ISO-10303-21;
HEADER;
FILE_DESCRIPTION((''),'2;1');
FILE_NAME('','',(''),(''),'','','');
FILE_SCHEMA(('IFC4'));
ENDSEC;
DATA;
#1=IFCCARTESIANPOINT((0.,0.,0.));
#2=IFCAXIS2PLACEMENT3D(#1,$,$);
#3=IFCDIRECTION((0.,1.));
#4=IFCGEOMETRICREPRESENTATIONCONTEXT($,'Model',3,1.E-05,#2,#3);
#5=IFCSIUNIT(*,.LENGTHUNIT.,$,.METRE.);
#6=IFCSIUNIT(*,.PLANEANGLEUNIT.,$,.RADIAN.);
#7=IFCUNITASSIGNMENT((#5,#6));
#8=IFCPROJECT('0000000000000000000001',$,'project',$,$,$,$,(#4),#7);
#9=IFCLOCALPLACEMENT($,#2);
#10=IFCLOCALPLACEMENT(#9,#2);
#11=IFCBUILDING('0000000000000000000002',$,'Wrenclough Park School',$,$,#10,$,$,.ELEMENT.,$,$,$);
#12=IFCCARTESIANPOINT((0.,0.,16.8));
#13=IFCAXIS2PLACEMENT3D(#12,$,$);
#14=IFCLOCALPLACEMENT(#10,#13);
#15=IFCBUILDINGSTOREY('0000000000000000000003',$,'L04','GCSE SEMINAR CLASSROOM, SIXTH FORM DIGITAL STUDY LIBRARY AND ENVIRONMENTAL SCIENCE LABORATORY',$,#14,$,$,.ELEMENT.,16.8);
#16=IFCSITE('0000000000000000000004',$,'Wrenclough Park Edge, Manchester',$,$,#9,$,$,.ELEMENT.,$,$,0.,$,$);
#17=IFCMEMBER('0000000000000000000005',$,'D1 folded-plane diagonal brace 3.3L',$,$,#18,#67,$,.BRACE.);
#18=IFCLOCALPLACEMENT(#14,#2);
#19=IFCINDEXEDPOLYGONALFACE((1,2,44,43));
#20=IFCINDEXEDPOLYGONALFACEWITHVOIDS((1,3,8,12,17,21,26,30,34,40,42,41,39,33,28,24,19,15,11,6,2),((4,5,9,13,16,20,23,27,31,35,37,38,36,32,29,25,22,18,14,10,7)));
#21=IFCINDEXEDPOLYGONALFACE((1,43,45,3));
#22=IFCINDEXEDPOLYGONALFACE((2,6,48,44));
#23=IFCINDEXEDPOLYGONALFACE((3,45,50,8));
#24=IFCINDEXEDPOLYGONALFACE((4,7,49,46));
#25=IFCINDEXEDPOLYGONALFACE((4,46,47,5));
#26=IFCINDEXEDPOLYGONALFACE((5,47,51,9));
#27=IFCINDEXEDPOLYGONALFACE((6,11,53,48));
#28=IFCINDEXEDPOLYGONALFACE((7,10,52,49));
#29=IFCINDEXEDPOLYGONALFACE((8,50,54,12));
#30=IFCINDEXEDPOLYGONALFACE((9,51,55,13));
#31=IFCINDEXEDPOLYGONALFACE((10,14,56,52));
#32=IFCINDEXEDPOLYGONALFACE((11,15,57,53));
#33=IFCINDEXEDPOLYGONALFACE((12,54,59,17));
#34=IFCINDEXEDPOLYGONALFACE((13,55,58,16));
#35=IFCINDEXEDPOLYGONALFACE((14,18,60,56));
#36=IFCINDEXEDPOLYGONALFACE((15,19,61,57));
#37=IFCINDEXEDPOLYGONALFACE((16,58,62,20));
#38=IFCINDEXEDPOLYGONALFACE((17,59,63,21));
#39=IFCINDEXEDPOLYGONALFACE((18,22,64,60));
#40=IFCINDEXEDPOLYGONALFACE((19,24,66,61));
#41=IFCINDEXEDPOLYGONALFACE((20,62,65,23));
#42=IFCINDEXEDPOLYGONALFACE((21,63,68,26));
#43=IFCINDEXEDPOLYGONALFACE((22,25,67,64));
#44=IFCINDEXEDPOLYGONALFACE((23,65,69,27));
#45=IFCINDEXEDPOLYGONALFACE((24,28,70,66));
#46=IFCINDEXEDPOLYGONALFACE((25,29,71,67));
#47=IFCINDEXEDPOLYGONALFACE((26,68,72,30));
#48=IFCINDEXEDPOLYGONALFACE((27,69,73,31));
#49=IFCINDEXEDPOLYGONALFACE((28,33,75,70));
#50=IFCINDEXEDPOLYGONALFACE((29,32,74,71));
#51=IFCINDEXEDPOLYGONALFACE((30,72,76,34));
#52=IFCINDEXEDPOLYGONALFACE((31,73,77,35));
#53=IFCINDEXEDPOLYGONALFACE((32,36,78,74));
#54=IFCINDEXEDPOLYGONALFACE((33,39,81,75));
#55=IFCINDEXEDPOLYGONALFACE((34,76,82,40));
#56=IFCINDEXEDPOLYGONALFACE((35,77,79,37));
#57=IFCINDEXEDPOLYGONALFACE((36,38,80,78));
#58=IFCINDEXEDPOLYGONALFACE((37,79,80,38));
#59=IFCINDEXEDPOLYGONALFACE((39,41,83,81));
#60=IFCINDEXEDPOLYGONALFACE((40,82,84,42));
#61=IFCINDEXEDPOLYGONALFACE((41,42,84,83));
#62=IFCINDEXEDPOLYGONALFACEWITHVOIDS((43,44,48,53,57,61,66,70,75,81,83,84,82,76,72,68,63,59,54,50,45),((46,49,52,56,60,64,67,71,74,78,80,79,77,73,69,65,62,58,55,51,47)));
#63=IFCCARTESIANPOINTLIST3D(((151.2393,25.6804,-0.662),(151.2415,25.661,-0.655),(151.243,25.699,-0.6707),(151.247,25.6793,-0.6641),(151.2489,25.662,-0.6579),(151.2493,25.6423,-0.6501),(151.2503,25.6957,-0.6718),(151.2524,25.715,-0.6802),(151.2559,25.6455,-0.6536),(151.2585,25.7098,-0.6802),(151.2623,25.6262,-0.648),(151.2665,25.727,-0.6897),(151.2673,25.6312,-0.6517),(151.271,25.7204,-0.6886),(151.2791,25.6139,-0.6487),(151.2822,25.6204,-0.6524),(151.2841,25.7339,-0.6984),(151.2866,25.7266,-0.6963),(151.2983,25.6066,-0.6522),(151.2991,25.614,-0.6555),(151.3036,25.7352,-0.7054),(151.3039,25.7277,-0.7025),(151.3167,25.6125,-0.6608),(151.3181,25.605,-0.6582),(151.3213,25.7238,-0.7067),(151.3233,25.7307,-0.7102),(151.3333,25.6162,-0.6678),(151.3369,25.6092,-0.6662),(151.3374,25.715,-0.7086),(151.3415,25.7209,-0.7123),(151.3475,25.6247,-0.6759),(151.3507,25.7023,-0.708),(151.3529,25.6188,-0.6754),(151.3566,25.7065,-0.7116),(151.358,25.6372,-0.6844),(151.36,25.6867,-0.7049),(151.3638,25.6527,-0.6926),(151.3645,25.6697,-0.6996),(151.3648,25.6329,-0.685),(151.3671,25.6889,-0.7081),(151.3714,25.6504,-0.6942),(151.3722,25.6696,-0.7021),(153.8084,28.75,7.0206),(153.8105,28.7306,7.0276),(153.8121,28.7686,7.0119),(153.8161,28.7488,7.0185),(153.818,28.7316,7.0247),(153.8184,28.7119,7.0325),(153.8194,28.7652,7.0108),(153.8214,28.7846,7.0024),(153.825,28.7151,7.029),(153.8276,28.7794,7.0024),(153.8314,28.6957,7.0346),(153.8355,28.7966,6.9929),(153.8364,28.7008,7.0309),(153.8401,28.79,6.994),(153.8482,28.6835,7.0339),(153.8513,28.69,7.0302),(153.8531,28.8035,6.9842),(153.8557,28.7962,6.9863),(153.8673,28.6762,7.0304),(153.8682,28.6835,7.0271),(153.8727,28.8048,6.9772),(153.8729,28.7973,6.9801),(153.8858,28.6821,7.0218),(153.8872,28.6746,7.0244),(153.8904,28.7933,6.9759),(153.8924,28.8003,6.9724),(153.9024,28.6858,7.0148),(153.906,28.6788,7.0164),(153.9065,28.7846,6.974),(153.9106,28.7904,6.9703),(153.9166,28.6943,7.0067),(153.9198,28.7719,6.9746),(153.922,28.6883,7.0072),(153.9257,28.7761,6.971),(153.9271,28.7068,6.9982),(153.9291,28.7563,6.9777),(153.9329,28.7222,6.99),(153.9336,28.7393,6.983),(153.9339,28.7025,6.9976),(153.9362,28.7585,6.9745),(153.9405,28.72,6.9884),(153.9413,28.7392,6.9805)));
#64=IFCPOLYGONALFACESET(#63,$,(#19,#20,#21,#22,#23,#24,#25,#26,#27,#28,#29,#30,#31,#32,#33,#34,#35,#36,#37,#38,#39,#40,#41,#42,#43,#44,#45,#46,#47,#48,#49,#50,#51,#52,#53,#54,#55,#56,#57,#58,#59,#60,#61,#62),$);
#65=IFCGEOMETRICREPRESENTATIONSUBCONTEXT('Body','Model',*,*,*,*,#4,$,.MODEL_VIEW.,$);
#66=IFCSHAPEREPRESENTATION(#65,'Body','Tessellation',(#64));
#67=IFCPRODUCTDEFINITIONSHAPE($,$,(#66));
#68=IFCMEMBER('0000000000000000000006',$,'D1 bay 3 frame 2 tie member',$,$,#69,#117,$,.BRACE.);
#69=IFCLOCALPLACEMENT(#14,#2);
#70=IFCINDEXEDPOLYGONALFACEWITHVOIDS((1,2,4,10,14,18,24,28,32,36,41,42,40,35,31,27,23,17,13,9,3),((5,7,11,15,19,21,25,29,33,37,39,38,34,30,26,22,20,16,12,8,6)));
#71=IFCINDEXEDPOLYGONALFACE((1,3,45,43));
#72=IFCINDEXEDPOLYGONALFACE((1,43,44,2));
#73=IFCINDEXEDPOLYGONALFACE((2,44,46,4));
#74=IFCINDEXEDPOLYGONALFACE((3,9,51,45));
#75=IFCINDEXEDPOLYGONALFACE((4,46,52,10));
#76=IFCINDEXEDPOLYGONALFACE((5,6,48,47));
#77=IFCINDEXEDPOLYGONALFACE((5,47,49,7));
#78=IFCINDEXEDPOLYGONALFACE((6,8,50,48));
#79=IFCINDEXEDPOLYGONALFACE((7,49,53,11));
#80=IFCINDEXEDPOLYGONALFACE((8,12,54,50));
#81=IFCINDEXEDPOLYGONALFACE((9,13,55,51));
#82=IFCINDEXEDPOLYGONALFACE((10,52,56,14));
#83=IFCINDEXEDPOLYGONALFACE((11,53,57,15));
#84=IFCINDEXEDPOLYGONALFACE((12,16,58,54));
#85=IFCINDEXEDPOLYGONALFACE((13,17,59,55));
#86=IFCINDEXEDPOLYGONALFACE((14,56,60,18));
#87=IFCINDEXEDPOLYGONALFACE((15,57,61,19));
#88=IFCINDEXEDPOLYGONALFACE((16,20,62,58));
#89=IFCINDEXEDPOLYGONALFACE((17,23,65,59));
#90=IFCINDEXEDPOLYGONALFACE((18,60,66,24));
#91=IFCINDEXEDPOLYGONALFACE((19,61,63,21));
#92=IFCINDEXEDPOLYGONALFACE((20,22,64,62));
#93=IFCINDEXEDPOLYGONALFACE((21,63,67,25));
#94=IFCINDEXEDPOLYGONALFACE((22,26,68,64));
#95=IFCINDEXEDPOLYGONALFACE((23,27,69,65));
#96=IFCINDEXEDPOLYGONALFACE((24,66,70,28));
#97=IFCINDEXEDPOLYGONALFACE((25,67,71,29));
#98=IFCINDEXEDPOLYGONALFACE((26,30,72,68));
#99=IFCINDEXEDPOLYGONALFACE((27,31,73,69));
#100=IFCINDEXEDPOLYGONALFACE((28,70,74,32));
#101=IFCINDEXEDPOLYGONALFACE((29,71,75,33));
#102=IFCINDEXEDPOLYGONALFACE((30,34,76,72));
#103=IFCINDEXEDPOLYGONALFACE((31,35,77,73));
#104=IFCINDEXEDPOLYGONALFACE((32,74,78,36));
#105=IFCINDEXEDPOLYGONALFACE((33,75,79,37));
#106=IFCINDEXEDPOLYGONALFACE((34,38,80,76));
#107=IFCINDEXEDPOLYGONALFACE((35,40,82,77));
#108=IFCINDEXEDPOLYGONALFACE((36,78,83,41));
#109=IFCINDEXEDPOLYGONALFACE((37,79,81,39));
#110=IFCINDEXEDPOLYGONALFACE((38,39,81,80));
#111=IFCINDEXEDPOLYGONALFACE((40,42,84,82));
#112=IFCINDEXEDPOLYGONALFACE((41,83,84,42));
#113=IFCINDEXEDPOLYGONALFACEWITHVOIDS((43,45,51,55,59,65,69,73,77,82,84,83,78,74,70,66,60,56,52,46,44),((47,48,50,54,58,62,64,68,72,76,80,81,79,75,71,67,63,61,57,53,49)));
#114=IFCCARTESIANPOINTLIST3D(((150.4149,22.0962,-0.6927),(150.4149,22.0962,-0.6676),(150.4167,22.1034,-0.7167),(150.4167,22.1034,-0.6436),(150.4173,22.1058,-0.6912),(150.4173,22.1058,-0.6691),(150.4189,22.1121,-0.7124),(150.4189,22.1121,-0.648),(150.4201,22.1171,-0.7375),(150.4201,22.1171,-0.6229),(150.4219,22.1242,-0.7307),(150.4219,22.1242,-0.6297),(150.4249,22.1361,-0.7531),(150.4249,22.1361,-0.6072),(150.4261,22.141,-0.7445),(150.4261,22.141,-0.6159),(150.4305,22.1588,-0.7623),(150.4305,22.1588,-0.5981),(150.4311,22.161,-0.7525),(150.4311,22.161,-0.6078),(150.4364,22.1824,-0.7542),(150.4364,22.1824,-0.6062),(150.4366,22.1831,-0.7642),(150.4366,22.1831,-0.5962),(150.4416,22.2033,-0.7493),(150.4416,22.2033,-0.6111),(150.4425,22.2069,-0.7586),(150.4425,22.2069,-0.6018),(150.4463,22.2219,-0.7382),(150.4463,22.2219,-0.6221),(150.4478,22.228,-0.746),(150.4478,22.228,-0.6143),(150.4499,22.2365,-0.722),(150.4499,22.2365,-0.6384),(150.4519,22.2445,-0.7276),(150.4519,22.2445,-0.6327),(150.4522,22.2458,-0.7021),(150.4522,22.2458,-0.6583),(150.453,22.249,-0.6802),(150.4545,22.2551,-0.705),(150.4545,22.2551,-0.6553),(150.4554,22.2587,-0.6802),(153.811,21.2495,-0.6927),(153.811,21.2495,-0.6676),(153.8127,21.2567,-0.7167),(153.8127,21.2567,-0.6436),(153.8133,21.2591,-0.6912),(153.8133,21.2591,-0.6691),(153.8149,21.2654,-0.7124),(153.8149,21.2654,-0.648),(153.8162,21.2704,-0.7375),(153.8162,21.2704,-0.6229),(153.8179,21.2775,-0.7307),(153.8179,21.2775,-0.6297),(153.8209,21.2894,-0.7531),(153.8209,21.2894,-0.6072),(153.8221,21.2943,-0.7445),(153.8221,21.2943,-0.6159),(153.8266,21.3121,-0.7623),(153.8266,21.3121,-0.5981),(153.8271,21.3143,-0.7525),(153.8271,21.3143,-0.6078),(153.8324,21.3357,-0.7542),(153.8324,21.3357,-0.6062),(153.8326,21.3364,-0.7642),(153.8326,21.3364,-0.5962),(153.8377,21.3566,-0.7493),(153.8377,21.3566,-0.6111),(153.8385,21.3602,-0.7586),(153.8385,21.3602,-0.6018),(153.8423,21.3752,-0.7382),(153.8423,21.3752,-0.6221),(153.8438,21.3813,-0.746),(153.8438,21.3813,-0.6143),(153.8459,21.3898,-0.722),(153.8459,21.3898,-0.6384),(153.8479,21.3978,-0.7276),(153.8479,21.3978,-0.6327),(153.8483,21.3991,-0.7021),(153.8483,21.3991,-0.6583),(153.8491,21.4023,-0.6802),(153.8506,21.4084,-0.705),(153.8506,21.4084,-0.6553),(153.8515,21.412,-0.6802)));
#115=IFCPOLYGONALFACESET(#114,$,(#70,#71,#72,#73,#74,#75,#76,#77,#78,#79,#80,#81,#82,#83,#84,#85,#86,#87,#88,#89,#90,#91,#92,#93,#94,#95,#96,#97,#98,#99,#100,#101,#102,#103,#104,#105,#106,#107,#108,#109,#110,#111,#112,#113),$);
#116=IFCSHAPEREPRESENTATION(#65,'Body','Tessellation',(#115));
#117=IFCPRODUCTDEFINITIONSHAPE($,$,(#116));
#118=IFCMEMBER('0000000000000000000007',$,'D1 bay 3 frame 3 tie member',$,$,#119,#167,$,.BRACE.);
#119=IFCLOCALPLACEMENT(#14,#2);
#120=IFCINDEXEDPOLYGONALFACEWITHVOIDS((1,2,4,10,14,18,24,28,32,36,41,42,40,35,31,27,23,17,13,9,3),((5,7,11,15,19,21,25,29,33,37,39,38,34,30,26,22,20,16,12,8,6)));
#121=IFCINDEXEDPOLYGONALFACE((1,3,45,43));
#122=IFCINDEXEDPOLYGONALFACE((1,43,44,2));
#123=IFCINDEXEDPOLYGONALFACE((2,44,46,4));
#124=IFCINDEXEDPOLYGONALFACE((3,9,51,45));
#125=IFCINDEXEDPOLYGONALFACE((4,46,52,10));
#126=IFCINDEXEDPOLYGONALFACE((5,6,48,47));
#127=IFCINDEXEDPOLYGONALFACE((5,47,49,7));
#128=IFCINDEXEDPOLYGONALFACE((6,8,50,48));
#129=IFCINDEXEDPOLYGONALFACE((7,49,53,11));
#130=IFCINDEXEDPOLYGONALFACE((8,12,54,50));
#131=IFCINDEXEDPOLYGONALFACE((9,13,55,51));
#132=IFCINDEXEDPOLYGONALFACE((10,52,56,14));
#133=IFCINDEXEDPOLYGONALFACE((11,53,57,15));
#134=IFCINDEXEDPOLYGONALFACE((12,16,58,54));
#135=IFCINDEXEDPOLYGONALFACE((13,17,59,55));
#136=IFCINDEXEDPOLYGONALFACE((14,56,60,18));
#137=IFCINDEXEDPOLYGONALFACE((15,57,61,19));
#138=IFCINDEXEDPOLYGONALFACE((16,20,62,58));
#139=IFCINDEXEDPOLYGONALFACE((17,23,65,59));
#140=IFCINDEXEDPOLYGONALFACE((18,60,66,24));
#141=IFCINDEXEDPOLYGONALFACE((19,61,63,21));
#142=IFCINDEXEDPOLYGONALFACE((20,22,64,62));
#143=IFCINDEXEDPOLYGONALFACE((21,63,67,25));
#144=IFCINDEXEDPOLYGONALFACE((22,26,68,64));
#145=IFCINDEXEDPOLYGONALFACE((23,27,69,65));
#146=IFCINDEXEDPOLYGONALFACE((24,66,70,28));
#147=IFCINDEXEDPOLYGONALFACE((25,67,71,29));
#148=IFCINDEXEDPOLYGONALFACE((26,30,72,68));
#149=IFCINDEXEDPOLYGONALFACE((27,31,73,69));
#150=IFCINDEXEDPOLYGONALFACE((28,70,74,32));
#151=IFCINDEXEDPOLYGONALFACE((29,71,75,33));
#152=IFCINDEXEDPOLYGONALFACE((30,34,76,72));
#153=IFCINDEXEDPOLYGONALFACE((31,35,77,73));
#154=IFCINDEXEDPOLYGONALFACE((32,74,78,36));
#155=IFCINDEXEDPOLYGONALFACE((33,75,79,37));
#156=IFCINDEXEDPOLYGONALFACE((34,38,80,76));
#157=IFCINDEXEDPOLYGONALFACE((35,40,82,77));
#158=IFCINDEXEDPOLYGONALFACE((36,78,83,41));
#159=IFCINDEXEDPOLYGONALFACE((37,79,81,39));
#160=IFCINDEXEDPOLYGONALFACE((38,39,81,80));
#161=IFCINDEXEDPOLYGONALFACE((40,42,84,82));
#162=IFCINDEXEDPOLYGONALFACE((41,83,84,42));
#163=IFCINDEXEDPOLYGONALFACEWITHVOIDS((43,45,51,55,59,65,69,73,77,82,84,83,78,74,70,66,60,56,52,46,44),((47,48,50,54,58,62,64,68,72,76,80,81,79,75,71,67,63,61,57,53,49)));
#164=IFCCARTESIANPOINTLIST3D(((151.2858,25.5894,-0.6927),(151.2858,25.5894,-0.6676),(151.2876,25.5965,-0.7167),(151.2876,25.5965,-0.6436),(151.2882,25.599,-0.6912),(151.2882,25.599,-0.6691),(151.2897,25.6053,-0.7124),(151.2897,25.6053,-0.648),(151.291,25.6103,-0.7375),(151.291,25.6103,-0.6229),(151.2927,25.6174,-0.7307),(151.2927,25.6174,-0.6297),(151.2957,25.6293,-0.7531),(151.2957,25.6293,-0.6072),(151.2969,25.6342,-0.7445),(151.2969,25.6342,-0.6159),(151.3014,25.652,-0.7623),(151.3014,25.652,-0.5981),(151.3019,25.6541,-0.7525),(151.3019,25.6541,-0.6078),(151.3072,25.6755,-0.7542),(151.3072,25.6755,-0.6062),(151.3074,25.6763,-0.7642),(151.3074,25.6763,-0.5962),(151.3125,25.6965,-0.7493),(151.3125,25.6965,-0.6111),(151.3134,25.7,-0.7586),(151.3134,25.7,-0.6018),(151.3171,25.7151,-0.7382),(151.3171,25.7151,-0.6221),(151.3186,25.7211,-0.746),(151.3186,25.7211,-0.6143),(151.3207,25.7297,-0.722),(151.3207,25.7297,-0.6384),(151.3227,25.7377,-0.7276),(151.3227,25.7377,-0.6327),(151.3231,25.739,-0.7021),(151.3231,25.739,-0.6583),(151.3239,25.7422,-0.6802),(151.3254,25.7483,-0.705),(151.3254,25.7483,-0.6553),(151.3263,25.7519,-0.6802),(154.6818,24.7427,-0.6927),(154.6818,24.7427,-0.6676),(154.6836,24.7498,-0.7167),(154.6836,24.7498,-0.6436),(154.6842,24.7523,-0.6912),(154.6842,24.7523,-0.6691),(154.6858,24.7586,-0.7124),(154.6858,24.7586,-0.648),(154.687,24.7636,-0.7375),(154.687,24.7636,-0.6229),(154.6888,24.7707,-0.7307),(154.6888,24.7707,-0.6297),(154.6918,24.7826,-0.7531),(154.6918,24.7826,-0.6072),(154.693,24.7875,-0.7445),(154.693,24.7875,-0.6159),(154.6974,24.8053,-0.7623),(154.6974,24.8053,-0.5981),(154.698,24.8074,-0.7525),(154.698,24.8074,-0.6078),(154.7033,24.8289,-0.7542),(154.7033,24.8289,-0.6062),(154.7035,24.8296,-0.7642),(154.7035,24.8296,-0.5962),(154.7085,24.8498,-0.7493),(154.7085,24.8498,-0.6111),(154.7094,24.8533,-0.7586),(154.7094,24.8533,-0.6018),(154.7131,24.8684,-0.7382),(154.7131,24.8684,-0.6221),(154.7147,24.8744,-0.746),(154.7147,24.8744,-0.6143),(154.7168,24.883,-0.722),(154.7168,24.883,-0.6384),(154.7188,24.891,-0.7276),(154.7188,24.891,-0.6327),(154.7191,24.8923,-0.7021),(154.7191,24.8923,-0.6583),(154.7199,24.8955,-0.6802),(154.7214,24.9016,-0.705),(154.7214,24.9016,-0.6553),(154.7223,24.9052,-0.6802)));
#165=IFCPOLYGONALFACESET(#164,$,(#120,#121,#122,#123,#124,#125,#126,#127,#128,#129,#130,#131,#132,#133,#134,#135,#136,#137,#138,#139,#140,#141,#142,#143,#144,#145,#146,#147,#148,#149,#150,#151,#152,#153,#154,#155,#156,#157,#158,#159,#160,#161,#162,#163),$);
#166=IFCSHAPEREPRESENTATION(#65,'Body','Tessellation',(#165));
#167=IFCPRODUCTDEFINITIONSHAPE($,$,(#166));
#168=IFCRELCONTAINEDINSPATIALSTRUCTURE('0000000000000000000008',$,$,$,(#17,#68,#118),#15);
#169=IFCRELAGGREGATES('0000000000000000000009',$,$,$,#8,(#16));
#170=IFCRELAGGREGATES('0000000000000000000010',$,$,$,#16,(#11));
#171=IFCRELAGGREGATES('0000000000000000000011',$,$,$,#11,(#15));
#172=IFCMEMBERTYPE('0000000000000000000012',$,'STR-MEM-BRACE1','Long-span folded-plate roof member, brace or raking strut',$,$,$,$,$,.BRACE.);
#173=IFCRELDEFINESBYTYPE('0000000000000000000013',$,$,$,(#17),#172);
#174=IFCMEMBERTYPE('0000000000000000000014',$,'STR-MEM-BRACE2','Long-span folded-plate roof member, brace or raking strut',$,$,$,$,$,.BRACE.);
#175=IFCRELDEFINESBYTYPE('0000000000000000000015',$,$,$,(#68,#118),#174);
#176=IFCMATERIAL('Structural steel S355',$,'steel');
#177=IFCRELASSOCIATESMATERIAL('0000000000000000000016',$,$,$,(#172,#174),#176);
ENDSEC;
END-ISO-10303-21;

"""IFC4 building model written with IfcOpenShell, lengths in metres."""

from ifc_helpers import new_model, si_unit, direction, frame, origin, origin_2d, place, context, subcontext, project, spatial, hollow_circle, extrude, material, material_profile, profile_set, type_object, element, save


model = new_model("IFC4")

# Units and contexts
model_context = context("Model", 3, precision=1e-05, world=origin(), true_north=direction((0.0, 1.0)))
body_context = subcontext(model_context, "Body", "Model", "MODEL_VIEW")
ifc_project = project(units=[si_unit("LENGTHUNIT", "METRE"), si_unit("PLANEANGLEUNIT", "RADIAN")], contexts=[model_context])

# Site, building, storey
site_placement = place(None, origin())
site = spatial("IfcSite", under=ifc_project, at=site_placement, Name="Wrenclough Park Edge, Manchester", CompositionType="ELEMENT", RefElevation=0.0)
building_placement = place(site_placement, origin())
building = spatial("IfcBuilding", under=site, at=building_placement, Name="Wrenclough Park School", CompositionType="ELEMENT")
storey_placement = place(building_placement, frame((0.0, 0.0, 16.8)))
storey = spatial("IfcBuildingStorey", under=building, at=storey_placement, Name="L04", Description="GCSE SEMINAR CLASSROOM, SIXTH FORM DIGITAL STUDY LIBRARY AND ENVIRONMENTAL SCIENCE LABORATORY", CompositionType="ELEMENT", Elevation=16.8)

# Members
ifc_material_1 = material(Name="Structural steel S355", Category="steel")
ifc_material_profile_1 = material_profile(ifc_material_1, hollow_circle(Radius=0.0698, WallThickness=0.0081, at=origin_2d()), Name="CHS 139.7x8.0")
ifc_profile_set_1 = profile_set([ifc_material_profile_1], Name="Structural steel S355")
member_type_1 = type_object("IfcMemberType", Name="STR-MEM-BRACE1", Description="Long-span folded-plate roof member, brace or raking strut", PredefinedType="BRACE", material=ifc_profile_set_1)
for number, where, z_axis, x_axis, name in (
    (1, (151.3059, 25.6702, -0.6802), (0.296564, 0.354338, 0.886845), (-0.766855, 0.641821, 0.0), "D1 folded-plane diagonal brace 3.3L"),
):
    element("IfcMember", number, at=place(storey_placement, frame(where, z_axis=z_axis, x_axis=x_axis)), inside=storey, type_object=member_type_1, Name=name, PredefinedType="BRACE", context=body_context, shape_type="SweptSolid", body=[
        extrude(hollow_circle(Radius=0.0698, WallThickness=0.0081, at=origin_2d()), origin(), (0.0, 0.0, 1.0), 8.6628),
    ])
ifc_material_profile_2 = material_profile(ifc_material_1, hollow_circle(Radius=0.0842, WallThickness=0.01, at=origin_2d()), Name="CHS 168.3x10.0")
ifc_profile_set_2 = profile_set([ifc_material_profile_2], Name="Structural steel S355")
member_type_2 = type_object("IfcMemberType", Name="STR-MEM-BRACE2", Description="Long-span folded-plate roof member, brace or raking strut", PredefinedType="BRACE", material=ifc_profile_set_2)
for number, where, z_axis, x_axis, name in (
    (2, (150.4351, 22.177, -0.6802), (0.970298, -0.241912, 0.0), (0.241912, 0.970298, 0.0), "D1 bay 3 frame 2 tie member"),
    (3, (151.3059, 25.6702, -0.6802), (0.970298, -0.241912, 0.0), (0.241912, 0.970298, 0.0), "D1 bay 3 frame 3 tie member"),
):
    element("IfcMember", number, at=place(storey_placement, frame(where, z_axis=z_axis, x_axis=x_axis)), inside=storey, type_object=member_type_2, Name=name, PredefinedType="BRACE", context=body_context, shape_type="SweptSolid", body=[
        extrude(hollow_circle(Radius=0.0842, WallThickness=0.01, at=origin_2d()), origin(), (0.0, 0.0, 1.0), 3.5),
    ])

save(model, "model.ifc")
